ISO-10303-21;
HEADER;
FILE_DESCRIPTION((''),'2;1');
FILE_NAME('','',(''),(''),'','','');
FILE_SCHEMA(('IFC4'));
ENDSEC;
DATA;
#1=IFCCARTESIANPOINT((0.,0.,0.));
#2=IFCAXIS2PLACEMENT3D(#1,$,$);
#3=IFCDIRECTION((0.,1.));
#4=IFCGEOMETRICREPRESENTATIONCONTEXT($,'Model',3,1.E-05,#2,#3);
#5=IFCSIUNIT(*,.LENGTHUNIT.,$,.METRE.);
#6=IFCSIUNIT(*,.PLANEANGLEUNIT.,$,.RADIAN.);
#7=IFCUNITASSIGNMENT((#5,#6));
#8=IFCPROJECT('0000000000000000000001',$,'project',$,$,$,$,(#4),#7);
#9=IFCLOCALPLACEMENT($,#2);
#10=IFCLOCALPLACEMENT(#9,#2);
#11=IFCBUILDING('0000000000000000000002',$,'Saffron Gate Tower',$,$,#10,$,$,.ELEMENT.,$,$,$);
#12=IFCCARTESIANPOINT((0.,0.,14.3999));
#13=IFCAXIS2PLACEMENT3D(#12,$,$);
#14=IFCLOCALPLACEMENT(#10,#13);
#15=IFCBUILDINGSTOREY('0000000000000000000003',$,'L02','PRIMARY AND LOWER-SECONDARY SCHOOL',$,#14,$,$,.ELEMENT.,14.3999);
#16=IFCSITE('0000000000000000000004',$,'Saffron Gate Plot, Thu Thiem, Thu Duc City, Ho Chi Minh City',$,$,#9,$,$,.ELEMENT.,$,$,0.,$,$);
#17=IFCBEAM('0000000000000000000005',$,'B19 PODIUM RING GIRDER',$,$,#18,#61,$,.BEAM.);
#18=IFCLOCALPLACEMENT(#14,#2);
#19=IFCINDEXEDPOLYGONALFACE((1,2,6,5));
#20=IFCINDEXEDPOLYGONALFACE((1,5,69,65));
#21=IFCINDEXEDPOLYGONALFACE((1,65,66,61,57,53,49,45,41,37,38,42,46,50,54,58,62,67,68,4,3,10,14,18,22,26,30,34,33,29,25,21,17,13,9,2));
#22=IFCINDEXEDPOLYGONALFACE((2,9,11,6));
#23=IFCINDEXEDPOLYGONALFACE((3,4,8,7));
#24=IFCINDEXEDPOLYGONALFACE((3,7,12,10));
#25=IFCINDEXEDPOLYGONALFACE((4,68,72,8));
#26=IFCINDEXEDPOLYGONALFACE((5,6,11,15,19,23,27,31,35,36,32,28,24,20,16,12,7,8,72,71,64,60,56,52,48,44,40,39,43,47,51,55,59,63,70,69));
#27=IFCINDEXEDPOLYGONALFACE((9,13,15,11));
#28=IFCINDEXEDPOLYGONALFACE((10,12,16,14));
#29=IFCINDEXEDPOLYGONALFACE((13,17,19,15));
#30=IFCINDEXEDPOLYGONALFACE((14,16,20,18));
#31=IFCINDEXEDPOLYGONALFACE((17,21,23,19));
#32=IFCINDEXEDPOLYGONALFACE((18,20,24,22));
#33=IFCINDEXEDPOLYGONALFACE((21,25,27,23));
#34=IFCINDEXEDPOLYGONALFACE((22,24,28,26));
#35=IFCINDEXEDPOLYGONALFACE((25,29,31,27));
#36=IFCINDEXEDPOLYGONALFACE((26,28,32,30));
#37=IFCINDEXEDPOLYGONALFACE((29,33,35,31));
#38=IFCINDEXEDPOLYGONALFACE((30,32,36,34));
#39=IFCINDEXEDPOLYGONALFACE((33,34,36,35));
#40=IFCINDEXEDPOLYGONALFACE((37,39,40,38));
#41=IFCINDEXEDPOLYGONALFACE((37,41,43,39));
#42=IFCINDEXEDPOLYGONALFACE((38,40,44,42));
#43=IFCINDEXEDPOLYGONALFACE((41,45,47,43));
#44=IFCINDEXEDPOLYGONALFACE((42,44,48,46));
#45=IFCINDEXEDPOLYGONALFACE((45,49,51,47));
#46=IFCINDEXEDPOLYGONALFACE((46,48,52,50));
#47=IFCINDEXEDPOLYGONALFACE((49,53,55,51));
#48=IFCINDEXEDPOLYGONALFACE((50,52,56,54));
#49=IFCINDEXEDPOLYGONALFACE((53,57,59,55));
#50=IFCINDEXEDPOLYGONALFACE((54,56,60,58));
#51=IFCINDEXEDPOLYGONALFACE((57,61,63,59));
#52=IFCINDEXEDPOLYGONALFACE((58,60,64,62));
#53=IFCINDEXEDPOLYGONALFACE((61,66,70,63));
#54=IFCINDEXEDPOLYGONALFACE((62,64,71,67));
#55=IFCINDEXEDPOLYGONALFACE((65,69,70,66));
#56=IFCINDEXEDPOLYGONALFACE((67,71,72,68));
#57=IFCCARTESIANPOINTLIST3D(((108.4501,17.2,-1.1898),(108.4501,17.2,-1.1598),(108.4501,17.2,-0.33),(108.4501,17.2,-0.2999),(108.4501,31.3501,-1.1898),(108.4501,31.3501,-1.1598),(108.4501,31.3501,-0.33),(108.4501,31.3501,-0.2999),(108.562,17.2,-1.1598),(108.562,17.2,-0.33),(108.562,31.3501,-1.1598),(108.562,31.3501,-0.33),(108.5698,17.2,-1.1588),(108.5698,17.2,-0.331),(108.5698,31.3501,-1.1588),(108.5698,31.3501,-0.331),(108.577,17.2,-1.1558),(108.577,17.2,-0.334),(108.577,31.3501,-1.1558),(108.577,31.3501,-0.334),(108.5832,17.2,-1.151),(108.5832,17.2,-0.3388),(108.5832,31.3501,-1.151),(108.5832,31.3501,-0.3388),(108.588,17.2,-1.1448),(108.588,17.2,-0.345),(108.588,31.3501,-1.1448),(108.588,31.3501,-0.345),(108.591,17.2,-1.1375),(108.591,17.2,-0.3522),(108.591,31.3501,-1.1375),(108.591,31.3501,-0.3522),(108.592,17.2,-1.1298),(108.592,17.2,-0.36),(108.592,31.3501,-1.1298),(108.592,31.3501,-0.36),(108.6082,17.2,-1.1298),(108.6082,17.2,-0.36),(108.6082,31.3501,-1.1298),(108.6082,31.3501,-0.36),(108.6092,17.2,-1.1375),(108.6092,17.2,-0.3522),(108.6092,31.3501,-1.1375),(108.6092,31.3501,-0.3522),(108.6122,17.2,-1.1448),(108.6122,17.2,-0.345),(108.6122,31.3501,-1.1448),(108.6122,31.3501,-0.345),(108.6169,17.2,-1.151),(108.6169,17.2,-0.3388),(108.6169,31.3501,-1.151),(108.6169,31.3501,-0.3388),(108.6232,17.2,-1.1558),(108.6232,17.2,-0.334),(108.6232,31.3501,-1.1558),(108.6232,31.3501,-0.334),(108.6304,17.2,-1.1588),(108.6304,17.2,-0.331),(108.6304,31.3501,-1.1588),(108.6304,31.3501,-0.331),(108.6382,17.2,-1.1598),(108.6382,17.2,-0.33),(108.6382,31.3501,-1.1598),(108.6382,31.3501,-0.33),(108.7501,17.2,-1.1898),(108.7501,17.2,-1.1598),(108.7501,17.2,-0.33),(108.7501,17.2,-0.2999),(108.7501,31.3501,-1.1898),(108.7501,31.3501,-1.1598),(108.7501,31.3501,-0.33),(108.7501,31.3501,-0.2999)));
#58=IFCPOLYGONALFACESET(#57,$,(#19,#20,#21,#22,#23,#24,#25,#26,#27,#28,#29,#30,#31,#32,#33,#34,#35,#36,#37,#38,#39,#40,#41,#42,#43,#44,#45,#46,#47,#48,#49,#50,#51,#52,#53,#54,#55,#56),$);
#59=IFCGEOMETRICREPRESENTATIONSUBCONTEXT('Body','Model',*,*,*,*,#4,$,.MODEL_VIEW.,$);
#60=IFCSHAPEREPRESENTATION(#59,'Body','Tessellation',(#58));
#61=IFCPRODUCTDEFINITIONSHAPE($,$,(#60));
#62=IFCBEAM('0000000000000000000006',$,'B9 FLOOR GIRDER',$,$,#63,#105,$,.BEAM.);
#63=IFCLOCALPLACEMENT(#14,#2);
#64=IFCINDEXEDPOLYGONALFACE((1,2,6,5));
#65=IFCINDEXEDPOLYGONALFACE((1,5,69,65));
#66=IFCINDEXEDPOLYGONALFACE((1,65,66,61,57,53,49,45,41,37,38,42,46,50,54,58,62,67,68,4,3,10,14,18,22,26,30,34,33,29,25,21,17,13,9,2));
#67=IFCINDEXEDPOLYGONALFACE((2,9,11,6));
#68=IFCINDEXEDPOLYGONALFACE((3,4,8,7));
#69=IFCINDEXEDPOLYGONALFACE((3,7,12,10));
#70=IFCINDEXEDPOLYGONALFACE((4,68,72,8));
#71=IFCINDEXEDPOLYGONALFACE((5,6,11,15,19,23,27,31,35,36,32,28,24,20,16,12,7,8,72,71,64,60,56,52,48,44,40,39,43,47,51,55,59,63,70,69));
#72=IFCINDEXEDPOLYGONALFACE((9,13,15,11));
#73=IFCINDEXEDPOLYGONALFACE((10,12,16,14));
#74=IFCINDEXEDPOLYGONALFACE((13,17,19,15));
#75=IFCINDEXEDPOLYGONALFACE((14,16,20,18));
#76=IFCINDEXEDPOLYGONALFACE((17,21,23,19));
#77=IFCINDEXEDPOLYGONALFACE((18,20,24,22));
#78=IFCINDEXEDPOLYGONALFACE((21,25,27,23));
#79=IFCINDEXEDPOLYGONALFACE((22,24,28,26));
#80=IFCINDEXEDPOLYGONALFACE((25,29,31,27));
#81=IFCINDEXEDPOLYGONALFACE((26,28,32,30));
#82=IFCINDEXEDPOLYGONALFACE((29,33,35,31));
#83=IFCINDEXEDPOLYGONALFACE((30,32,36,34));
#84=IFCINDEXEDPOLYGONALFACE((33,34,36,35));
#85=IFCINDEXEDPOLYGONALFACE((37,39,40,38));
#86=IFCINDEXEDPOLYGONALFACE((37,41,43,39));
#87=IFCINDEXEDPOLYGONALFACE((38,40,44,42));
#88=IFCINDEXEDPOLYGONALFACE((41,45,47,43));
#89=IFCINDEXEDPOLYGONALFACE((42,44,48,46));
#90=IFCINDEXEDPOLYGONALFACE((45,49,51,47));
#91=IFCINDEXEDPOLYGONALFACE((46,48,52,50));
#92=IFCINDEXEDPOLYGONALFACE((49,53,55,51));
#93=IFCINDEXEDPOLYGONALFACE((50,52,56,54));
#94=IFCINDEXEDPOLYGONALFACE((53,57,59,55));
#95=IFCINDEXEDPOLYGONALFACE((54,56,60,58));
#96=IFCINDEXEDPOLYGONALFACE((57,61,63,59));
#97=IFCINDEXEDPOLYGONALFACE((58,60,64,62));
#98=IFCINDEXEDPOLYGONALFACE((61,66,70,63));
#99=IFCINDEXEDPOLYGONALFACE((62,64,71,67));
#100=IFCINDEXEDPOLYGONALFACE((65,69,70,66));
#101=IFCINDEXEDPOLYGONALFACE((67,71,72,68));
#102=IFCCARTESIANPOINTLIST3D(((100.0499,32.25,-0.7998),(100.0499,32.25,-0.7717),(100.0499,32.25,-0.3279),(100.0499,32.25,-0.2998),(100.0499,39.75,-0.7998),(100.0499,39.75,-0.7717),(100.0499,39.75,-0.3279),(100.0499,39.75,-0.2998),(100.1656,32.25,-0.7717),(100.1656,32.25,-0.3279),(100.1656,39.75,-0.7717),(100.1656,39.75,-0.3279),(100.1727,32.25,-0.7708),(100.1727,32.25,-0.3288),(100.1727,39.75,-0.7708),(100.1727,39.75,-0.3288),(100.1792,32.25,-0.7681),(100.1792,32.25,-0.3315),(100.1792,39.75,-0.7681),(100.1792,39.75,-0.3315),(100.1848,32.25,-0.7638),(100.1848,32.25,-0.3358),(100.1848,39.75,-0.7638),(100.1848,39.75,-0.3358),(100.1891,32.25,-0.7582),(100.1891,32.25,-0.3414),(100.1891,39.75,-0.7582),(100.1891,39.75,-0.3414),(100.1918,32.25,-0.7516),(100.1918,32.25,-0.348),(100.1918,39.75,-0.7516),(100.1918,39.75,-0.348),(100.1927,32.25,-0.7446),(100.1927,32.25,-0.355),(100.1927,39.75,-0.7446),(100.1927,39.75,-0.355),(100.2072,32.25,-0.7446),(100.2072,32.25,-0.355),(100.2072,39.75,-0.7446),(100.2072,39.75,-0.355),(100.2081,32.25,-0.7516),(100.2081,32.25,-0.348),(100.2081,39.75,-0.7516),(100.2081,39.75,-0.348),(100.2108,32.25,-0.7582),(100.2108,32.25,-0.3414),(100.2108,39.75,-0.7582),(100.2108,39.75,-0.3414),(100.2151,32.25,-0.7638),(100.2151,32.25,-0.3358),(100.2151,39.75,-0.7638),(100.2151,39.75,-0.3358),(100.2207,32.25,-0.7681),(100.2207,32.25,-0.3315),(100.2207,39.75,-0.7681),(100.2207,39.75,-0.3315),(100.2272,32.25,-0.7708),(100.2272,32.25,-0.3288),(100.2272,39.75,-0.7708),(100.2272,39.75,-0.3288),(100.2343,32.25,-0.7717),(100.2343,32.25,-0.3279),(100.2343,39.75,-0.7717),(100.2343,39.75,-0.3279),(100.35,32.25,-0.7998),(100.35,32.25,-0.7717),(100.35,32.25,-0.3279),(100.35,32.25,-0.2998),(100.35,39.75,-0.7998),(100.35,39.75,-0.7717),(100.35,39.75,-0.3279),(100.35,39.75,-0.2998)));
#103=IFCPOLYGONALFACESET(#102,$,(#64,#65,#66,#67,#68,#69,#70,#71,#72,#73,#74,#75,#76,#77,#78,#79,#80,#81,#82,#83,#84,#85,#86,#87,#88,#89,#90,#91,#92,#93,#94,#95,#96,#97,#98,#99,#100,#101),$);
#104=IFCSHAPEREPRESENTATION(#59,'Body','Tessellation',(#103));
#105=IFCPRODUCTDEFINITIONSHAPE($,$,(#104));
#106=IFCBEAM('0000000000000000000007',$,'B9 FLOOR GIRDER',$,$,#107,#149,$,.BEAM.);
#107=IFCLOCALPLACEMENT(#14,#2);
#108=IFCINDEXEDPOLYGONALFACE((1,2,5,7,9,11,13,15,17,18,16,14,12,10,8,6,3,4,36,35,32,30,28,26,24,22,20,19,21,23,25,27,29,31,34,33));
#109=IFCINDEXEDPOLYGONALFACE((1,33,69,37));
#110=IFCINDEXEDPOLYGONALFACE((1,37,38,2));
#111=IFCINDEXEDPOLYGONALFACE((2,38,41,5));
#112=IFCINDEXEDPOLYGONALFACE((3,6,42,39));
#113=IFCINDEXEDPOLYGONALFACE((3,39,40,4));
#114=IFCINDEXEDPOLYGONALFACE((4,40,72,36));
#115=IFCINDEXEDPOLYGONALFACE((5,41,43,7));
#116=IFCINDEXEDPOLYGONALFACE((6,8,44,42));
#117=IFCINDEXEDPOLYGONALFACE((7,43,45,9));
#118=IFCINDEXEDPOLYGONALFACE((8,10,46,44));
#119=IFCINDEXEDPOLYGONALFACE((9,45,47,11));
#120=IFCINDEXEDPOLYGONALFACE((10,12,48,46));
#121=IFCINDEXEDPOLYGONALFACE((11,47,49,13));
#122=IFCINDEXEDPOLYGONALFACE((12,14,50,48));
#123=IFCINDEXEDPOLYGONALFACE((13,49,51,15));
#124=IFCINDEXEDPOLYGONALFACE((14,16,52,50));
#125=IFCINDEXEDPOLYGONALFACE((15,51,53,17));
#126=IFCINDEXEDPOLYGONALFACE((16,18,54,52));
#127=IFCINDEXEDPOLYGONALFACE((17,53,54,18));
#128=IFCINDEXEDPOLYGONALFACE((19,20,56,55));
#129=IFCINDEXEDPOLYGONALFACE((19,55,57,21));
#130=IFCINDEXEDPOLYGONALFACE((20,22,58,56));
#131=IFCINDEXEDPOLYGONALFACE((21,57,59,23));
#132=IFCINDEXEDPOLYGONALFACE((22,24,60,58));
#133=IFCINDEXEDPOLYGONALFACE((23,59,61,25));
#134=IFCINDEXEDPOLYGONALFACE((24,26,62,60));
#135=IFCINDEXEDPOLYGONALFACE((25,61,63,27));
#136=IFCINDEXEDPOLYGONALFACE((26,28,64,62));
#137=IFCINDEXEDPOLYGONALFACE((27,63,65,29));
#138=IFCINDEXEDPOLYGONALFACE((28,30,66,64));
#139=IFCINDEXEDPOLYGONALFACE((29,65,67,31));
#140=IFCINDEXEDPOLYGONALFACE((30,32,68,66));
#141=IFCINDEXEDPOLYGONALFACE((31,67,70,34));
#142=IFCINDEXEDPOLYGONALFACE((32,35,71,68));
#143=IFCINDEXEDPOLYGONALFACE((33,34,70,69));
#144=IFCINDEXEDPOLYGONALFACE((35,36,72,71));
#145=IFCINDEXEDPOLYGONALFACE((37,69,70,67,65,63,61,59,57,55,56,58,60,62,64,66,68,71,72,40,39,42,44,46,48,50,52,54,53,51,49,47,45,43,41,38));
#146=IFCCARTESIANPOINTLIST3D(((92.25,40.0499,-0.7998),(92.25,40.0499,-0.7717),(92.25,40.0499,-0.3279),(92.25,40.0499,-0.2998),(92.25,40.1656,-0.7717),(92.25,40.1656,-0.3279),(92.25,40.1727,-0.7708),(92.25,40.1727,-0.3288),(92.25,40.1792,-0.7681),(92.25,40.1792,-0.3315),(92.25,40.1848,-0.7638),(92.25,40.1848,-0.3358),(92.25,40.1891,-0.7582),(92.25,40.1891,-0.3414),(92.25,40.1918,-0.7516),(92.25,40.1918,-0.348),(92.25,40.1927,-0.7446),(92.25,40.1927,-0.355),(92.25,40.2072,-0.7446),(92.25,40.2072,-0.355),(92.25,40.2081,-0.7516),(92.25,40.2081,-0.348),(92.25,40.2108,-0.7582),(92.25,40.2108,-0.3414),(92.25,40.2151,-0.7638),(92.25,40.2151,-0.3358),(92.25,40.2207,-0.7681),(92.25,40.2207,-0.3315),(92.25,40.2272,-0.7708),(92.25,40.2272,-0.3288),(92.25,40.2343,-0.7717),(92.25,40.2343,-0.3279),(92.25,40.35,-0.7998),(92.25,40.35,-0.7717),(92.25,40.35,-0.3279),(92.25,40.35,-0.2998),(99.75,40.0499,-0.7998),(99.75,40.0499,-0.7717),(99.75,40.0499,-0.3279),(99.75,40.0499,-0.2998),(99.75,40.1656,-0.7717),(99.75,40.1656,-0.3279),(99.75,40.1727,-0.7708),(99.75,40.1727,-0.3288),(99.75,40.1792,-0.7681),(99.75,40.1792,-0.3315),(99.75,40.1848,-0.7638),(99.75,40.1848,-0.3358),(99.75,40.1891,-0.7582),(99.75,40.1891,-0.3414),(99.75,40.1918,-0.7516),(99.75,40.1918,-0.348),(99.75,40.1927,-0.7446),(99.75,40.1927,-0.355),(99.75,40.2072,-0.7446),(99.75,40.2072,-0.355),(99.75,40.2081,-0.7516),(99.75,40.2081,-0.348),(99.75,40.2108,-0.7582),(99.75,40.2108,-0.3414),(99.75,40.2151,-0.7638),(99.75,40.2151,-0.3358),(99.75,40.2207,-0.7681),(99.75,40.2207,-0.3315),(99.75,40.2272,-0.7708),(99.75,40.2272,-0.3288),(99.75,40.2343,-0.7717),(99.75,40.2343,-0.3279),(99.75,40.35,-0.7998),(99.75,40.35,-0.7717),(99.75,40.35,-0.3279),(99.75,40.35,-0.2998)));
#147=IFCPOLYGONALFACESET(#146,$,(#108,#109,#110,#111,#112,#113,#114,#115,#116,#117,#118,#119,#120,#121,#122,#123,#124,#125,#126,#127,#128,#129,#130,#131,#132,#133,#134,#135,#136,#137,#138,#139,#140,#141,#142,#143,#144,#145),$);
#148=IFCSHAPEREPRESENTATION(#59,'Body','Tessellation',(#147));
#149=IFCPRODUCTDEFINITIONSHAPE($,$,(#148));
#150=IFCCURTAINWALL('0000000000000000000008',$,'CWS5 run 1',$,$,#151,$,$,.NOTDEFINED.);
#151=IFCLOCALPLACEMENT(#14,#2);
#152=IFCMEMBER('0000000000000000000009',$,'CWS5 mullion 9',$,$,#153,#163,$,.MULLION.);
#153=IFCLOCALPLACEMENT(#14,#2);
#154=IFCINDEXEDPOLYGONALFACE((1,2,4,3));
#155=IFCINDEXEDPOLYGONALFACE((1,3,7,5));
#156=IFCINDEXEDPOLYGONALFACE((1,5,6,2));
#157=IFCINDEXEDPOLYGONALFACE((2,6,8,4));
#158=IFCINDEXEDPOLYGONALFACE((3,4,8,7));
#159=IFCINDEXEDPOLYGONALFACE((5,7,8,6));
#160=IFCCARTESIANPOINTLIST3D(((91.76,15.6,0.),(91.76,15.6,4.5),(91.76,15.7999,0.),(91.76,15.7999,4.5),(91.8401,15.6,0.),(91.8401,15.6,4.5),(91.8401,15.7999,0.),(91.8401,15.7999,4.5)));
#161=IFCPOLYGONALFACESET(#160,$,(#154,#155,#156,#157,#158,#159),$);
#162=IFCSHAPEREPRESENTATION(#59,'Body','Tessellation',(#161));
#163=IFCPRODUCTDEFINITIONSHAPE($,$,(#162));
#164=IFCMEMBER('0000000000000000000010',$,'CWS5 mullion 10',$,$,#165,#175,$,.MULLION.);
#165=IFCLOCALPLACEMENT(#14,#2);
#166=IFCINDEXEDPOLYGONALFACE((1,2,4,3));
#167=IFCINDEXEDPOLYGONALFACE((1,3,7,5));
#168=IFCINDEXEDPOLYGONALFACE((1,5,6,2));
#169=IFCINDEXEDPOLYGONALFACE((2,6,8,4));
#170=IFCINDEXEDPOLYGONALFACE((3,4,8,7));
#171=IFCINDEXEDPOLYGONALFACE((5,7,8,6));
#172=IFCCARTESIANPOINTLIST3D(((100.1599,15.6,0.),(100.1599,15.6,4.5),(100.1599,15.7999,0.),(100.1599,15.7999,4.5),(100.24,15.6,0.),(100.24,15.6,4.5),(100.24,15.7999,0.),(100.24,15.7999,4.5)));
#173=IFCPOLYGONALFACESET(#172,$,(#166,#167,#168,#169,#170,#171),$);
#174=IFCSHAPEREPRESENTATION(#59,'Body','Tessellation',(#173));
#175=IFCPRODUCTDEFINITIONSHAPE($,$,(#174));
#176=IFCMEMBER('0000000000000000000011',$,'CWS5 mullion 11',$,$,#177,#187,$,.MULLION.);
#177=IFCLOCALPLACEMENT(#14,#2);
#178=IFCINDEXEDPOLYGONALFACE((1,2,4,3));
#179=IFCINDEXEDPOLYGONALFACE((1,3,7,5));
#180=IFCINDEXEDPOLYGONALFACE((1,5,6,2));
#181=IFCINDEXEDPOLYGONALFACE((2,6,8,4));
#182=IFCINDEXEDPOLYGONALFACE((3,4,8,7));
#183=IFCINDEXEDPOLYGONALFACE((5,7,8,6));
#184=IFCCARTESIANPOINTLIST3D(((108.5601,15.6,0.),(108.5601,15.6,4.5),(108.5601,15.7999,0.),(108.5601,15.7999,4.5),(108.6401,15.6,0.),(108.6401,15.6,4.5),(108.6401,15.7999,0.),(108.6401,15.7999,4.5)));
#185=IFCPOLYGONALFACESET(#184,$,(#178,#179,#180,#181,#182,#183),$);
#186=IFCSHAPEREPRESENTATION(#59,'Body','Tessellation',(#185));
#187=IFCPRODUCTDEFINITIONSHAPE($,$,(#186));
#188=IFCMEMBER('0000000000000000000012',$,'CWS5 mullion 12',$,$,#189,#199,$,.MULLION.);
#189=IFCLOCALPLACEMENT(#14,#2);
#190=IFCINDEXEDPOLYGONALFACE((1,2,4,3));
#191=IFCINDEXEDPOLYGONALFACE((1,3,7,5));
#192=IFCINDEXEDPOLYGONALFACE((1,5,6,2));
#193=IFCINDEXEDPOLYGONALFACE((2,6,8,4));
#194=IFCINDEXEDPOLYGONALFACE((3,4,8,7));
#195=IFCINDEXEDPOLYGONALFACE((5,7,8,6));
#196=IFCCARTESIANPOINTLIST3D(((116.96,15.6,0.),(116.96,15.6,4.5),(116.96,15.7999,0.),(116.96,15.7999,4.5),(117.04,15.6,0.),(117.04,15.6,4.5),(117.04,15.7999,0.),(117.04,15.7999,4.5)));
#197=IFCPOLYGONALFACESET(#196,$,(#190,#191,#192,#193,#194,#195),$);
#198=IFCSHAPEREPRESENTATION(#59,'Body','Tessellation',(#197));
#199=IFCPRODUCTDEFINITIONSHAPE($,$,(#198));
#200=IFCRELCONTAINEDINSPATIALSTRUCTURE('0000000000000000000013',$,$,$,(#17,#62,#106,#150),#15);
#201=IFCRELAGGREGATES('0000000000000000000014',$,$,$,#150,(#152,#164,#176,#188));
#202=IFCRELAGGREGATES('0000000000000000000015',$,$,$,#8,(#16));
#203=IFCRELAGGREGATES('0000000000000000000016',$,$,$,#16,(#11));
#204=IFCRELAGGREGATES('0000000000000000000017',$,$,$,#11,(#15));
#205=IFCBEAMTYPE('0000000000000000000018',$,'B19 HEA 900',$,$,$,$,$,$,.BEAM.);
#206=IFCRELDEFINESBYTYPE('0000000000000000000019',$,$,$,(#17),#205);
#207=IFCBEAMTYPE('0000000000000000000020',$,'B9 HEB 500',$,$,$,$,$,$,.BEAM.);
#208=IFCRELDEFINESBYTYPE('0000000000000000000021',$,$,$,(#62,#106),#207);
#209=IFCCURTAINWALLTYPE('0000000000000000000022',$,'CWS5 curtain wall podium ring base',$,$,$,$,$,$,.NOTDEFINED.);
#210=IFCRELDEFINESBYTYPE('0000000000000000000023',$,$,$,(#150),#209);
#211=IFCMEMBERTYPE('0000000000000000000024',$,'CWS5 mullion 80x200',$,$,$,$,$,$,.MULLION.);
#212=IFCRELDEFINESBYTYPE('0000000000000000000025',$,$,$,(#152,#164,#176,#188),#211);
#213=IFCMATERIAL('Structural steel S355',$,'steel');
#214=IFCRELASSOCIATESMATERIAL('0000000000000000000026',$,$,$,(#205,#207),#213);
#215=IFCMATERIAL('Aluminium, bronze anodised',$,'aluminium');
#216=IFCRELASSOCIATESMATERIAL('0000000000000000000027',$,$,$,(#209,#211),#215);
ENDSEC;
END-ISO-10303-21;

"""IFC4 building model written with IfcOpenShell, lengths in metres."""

from ifc_helpers import new_model, si_unit, direction, frame, origin, origin_2d, place, context, subcontext, project, spatial, rectangle, i_section, extrude, material, material_profile, profile_set, type_object, element, aggregate, save


model = new_model("IFC4")

# Units and contexts
model_context = context("Model", 3, precision=1e-05, world=origin(), true_north=direction((0.0, 1.0)))
body_context = subcontext(model_context, "Body", "Model", "MODEL_VIEW")
ifc_project = project(units=[si_unit("LENGTHUNIT", "METRE"), si_unit("PLANEANGLEUNIT", "RADIAN")], contexts=[model_context])

# Site, building, storey
site_placement = place(None, origin())
site = spatial("IfcSite", under=ifc_project, at=site_placement, Name="Saffron Gate Plot, Thu Thiem, Thu Duc City, Ho Chi Minh City", CompositionType="ELEMENT", RefElevation=0.0)
building_placement = place(site_placement, origin())
building = spatial("IfcBuilding", under=site, at=building_placement, Name="Saffron Gate Tower", CompositionType="ELEMENT")
storey_placement = place(building_placement, frame((0.0, 0.0, 14.3999)))
storey = spatial("IfcBuildingStorey", under=building, at=storey_placement, Name="L02", Description="PRIMARY AND LOWER-SECONDARY SCHOOL", CompositionType="ELEMENT", Elevation=14.3999)

# Beams
ifc_material_1 = material(Name="Structural steel S355", Category="steel")
ifc_material_profile_1 = material_profile(ifc_material_1, i_section(OverallWidth=0.3, OverallDepth=0.8899, WebThickness=0.0161, FlangeThickness=0.03, FilletRadius=0.03, at=origin_2d()))
ifc_profile_set_1 = profile_set([ifc_material_profile_1], Name="Structural steel S355")
beam_type_1 = type_object("IfcBeamType", Name="B19 HEA 900", PredefinedType="BEAM", material=ifc_profile_set_1)
for number, where, z_axis, x_axis, name in (
    (1, (108.6001, 17.2, -0.7449), (0.0, 1.0, 0.0), (-1.0, 0.0, 0.0), "B19 PODIUM RING GIRDER"),
):
    element("IfcBeam", number, at=place(storey_placement, frame(where, z_axis=z_axis, x_axis=x_axis)), inside=storey, type_object=beam_type_1, Name=name, PredefinedType="BEAM", context=body_context, shape_type="SweptSolid", body=[
        extrude(i_section(OverallWidth=0.3, OverallDepth=0.8899, WebThickness=0.0161, FlangeThickness=0.03, FilletRadius=0.03, at=origin_2d()), origin(), (0.0, 0.0, 1.0), 14.1501),
    ])
ifc_material_profile_2 = material_profile(ifc_material_1, i_section(OverallWidth=0.3, OverallDepth=0.5, WebThickness=0.0144, FlangeThickness=0.0281, FilletRadius=0.0271, at=origin_2d()))
ifc_profile_set_2 = profile_set([ifc_material_profile_2], Name="Structural steel S355")
beam_type_2 = type_object("IfcBeamType", Name="B9 HEB 500", PredefinedType="BEAM", material=ifc_profile_set_2)
for number, where, z_axis, x_axis, name in (
    (2, (100.2, 32.25, -0.5498), (0.0, 1.0, 0.0), (-1.0, 0.0, 0.0), "B9 FLOOR GIRDER"),
    (3, (92.25, 40.2, -0.5498), (1.0, 0.0, 0.0), (0.0, 1.0, 0.0), "B9 FLOOR GIRDER"),
):
    element("IfcBeam", number, at=place(storey_placement, frame(where, z_axis=z_axis, x_axis=x_axis)), inside=storey, type_object=beam_type_2, Name=name, PredefinedType="BEAM", context=body_context, shape_type="SweptSolid", body=[
        extrude(i_section(OverallWidth=0.3, OverallDepth=0.5, WebThickness=0.0144, FlangeThickness=0.0281, FilletRadius=0.0271, at=origin_2d()), origin(), (0.0, 0.0, 1.0), 7.5),
    ])

# Curtain wall, members
ifc_material_2 = material(Name="Aluminium, bronze anodised", Category="aluminium")
curtain_wall_type = type_object("IfcCurtainWallType", Name="CWS5 curtain wall podium ring base", PredefinedType="NOTDEFINED", material=ifc_material_2)
curtain_wall_placement = place(storey_placement, origin())
curtain_wall = element("IfcCurtainWall", 4, at=curtain_wall_placement, inside=storey, type_object=curtain_wall_type, Name="CWS5 run 1", PredefinedType="NOTDEFINED")
ifc_material_profile_3 = material_profile(ifc_material_2, rectangle(XDim=0.2, YDim=0.0801, at=origin_2d()))
ifc_profile_set_3 = profile_set([ifc_material_profile_3], Name="Aluminium, bronze anodised")
member_type = type_object("IfcMemberType", Name="CWS5 mullion 80x200", PredefinedType="MULLION", material=ifc_profile_set_3)
member_1_placement = place(storey_placement, frame((91.8, 15.7, 0.0), z_axis=(0.0, 0.0, 1.0), x_axis=(0.0, 1.0, 0.0)))
member_1 = element("IfcMember", 5, at=member_1_placement, type_object=member_type, Name="CWS5 mullion 9", PredefinedType="MULLION", context=body_context, shape_type="SweptSolid", body=[
    extrude(rectangle(XDim=0.2, YDim=0.0801, at=origin_2d()), origin(), (0.0, 0.0, 1.0), 4.5),
])
member_2_placement = place(storey_placement, frame((100.2, 15.7, 0.0), z_axis=(0.0, 0.0, 1.0), x_axis=(0.0, 1.0, 0.0)))
member_2 = element("IfcMember", 6, at=member_2_placement, type_object=member_type, Name="CWS5 mullion 10", PredefinedType="MULLION", context=body_context, shape_type="SweptSolid", body=[
    extrude(rectangle(XDim=0.2, YDim=0.0801, at=origin_2d()), origin(), (0.0, 0.0, 1.0), 4.5),
])
member_3_placement = place(storey_placement, frame((108.6001, 15.7, 0.0), z_axis=(0.0, 0.0, 1.0), x_axis=(0.0, 1.0, 0.0)))
member_3 = element("IfcMember", 7, at=member_3_placement, type_object=member_type, Name="CWS5 mullion 11", PredefinedType="MULLION", context=body_context, shape_type="SweptSolid", body=[
    extrude(rectangle(XDim=0.2, YDim=0.0801, at=origin_2d()), origin(), (0.0, 0.0, 1.0), 4.5),
])
member_4_placement = place(storey_placement, frame((117.0, 15.7, 0.0), z_axis=(0.0, 0.0, 1.0), x_axis=(0.0, 1.0, 0.0)))
member_4 = element("IfcMember", 8, at=member_4_placement, type_object=member_type, Name="CWS5 mullion 12", PredefinedType="MULLION", context=body_context, shape_type="SweptSolid", body=[
    extrude(rectangle(XDim=0.2, YDim=0.0801, at=origin_2d()), origin(), (0.0, 0.0, 1.0), 4.5),
])
aggregate(curtain_wall, [member_1, member_2, member_3, member_4])

save(model, "model.ifc")
